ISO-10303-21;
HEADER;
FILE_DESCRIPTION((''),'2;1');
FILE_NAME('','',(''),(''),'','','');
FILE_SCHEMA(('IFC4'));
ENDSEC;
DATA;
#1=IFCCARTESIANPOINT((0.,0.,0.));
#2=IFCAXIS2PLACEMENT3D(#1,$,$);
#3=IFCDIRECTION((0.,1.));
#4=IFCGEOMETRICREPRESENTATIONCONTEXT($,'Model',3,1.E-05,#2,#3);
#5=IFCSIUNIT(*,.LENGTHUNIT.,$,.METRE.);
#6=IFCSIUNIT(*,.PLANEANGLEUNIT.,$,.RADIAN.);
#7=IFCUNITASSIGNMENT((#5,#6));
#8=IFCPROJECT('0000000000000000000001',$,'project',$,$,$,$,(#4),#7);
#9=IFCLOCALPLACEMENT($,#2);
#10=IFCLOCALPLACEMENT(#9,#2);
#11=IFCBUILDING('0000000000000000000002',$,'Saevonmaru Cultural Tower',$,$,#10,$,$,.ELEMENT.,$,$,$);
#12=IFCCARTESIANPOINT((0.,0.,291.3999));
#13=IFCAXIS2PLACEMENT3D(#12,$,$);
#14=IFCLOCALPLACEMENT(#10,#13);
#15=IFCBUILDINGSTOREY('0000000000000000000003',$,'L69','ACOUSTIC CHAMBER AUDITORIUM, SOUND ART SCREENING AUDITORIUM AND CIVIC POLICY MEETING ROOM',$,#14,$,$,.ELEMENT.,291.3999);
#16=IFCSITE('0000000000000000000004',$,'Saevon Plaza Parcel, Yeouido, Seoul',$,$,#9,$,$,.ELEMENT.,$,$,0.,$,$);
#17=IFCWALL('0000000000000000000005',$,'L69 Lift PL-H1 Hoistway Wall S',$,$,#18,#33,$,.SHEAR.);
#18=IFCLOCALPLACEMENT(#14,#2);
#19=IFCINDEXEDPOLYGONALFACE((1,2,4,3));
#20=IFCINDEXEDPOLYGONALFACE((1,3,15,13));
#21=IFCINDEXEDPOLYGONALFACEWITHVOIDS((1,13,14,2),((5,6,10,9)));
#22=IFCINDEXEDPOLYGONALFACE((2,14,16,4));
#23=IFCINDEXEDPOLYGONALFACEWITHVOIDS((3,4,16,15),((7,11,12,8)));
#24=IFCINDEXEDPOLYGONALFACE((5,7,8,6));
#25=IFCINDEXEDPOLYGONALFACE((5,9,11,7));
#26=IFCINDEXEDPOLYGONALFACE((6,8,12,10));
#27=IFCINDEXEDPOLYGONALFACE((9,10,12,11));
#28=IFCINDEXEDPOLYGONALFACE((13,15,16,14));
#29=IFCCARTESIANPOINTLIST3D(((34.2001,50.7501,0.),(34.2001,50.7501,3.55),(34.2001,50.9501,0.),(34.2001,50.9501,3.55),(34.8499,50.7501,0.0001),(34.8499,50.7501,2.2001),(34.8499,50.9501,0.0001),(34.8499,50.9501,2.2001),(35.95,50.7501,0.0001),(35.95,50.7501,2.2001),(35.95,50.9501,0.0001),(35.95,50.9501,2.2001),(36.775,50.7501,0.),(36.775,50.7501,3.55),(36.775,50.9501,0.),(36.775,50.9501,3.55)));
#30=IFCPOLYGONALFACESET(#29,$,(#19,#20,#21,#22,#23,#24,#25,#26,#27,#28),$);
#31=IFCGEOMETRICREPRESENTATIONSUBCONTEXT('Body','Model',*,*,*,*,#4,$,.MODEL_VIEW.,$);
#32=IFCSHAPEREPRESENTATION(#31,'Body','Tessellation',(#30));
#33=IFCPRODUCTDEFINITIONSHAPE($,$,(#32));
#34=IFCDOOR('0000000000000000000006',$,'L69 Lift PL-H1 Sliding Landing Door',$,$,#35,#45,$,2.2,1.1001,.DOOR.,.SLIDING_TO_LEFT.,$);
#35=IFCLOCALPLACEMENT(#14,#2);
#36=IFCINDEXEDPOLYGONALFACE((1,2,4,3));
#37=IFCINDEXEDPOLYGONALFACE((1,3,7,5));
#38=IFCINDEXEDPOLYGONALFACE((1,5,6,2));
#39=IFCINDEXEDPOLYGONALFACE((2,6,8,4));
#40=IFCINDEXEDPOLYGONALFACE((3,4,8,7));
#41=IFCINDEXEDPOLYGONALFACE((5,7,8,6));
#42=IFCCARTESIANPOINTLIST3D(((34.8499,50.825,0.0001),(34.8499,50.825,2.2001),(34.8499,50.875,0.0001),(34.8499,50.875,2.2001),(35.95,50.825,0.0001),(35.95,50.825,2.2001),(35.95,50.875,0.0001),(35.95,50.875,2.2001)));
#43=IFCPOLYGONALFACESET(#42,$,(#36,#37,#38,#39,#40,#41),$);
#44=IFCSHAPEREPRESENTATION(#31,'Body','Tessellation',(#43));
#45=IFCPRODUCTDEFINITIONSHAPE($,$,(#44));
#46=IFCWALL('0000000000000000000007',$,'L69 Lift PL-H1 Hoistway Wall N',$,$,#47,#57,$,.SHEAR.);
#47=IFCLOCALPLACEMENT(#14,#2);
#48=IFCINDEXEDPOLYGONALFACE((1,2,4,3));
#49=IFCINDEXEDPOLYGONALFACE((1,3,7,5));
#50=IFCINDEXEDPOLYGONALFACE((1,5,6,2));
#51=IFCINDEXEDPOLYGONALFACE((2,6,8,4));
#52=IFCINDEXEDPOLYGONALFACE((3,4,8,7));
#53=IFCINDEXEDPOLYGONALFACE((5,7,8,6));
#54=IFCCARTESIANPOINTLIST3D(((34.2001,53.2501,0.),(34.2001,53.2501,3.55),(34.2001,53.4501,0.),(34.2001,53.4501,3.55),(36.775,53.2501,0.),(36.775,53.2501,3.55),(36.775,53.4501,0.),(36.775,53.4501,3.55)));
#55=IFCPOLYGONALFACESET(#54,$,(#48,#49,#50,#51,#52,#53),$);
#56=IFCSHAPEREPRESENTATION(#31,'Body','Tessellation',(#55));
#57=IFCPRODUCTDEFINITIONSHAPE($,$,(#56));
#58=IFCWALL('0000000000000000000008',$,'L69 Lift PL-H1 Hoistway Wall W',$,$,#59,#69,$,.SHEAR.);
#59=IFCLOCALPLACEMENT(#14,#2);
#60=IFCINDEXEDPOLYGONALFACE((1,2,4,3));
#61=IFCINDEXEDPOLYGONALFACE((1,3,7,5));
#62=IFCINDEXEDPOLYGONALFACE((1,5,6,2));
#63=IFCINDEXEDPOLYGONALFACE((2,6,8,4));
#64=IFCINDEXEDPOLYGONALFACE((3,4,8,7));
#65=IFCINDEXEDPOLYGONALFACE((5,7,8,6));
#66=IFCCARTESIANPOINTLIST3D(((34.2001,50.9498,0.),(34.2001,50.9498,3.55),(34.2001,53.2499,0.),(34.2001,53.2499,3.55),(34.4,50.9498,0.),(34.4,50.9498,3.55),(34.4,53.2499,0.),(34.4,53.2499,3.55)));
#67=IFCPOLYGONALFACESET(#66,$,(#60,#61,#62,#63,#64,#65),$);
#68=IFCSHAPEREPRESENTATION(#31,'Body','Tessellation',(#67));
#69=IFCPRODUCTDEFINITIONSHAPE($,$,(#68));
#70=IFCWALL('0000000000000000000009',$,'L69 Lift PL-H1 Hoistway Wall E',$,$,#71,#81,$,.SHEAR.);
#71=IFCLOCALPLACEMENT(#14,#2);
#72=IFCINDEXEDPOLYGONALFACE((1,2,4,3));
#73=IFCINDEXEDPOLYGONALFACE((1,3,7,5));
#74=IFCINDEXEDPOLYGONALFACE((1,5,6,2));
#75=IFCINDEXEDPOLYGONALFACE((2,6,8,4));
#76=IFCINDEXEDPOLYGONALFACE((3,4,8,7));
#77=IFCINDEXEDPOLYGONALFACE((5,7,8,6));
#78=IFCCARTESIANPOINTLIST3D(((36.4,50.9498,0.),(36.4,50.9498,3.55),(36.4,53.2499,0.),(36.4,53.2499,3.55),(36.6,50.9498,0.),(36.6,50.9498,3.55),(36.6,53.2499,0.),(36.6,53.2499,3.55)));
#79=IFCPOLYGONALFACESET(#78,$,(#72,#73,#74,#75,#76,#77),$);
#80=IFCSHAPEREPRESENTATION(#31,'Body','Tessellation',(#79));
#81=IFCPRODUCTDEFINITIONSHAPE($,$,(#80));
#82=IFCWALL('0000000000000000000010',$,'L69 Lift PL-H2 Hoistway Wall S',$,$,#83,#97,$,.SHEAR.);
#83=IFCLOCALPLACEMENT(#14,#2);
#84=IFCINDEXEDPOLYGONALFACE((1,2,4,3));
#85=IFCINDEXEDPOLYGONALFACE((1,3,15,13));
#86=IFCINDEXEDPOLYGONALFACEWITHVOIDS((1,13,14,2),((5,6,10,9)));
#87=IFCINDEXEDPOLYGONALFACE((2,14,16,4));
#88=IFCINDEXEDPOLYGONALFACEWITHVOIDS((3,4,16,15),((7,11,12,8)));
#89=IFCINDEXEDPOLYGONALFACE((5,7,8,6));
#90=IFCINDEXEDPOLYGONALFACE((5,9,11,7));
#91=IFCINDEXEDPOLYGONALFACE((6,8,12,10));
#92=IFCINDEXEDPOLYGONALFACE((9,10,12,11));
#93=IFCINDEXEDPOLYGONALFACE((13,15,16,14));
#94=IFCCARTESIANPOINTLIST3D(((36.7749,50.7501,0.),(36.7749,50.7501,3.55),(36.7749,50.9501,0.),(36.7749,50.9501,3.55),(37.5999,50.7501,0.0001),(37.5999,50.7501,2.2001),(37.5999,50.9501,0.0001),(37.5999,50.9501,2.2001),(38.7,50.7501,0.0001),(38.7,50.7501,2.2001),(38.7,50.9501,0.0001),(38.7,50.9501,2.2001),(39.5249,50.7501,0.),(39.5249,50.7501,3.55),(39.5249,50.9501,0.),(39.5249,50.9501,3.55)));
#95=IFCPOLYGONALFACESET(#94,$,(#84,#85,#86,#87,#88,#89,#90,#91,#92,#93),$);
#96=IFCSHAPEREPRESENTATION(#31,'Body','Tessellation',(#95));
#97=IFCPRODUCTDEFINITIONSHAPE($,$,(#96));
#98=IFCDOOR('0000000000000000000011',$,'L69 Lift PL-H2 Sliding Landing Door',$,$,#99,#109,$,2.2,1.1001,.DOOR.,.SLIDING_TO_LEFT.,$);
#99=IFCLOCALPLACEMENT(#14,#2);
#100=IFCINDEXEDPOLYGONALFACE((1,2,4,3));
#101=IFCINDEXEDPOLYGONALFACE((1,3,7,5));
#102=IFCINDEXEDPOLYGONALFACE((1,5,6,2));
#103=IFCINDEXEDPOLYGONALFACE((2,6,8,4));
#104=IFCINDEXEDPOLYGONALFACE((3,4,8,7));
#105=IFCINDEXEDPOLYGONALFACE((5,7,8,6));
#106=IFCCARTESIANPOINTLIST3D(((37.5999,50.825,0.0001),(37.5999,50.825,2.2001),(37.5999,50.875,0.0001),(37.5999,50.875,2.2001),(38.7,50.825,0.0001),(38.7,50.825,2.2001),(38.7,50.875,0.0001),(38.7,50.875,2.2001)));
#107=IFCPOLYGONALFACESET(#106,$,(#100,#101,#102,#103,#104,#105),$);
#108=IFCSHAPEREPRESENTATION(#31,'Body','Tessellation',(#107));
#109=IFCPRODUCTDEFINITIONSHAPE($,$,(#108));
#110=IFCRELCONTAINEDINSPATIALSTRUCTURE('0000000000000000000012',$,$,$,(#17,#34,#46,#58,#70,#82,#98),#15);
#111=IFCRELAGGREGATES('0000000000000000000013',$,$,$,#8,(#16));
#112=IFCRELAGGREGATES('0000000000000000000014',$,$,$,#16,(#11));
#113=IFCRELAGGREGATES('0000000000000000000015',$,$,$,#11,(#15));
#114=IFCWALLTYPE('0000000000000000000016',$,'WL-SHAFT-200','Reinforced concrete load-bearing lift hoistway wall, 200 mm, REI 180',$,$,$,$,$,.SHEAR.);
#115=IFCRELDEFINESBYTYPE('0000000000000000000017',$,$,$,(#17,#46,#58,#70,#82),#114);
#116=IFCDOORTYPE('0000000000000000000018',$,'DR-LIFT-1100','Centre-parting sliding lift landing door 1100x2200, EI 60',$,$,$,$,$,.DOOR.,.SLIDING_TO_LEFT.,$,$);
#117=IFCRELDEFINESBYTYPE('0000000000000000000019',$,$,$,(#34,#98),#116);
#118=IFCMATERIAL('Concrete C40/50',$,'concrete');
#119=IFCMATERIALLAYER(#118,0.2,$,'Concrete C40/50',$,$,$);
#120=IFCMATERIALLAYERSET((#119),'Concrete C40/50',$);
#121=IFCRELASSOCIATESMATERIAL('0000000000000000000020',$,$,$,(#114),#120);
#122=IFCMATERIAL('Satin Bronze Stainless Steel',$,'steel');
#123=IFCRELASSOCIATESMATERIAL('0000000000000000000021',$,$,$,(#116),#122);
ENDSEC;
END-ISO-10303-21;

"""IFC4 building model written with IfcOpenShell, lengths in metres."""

from ifc_helpers import new_model, si_unit, direction, frame, frame_2d, origin, place, context, subcontext, project, spatial, rectangle, extrude, material, layer, layer_set, type_object, element, fill, save


model = new_model("IFC4")

# Units and contexts
model_context = context("Model", 3, precision=1e-05, world=origin(), true_north=direction((0.0, 1.0)))
body_context = subcontext(model_context, "Body", "Model", "MODEL_VIEW")
ifc_project = project(units=[si_unit("LENGTHUNIT", "METRE"), si_unit("PLANEANGLEUNIT", "RADIAN")], contexts=[model_context])

# Site, building, storey
site_placement = place(None, origin())
site = spatial("IfcSite", under=ifc_project, at=site_placement, Name="Saevon Plaza Parcel, Yeouido, Seoul", CompositionType="ELEMENT", RefElevation=0.0)
building_placement = place(site_placement, origin())
building = spatial("IfcBuilding", under=site, at=building_placement, Name="Saevonmaru Cultural Tower", CompositionType="ELEMENT")
storey_placement = place(building_placement, frame((0.0, 0.0, 291.3999)))
storey = spatial("IfcBuildingStorey", under=building, at=storey_placement, Name="L69", Description="ACOUSTIC CHAMBER AUDITORIUM, SOUND ART SCREENING AUDITORIUM AND CIVIC POLICY MEETING ROOM", CompositionType="ELEMENT", Elevation=291.3999)

# Wall, opening, door
ifc_material_1 = material(Name="Concrete C40/50", Category="concrete")
ifc_layer_1 = layer(ifc_material_1, 0.2, Name="Concrete C40/50")
ifc_layer_set_1 = layer_set([ifc_layer_1], Name="Concrete C40/50")
wall_type_1 = type_object("IfcWallType", Name="WL-SHAFT-200", Description="Reinforced concrete load-bearing lift hoistway wall, 200 mm, REI 180", PredefinedType="SHEAR", material=ifc_layer_set_1)
wall_1_placement = place(storey_placement, frame((34.2, 50.8501, 0.0), z_axis=(0.0, 0.0, 1.0), x_axis=(1.0, 0.0, 0.0)))
wall_1 = element("IfcWall", 1, at=wall_1_placement, inside=storey, type_object=wall_type_1, Name="L69 Lift PL-H1 Hoistway Wall S", PredefinedType="SHEAR", context=body_context, shape_type="SweptSolid", body=[
    extrude(rectangle(XDim=2.575, YDim=0.2, at=frame_2d((1.2876, 0.0))), origin(), (0.0, 0.0, 1.0), 3.55),
])
opening_1_placement = place(wall_1_placement, frame((0.6499, 0.0, 0.0)))
opening_1 = element("IfcOpeningElement", 2, at=opening_1_placement, cuts=wall_1, PredefinedType="OPENING", context=body_context, shape_type="SweptSolid", body=[
    extrude(rectangle(XDim=1.1001, YDim=2.2, at=frame_2d((0.55, 1.1001))), frame((0.0, 0.1099, 0.0), z_axis=(0.0, -1.0, 0.0), x_axis=(1.0, 0.0, 0.0)), (0.0, 0.0, 1.0), 0.22),
])
ifc_material_2 = material(Name="Satin Bronze Stainless Steel", Category="steel")
door_type_1 = type_object("IfcDoorType", Name="DR-LIFT-1100", Description="Centre-parting sliding lift landing door 1100x2200, EI 60", OperationType="SLIDING_TO_LEFT", PredefinedType="DOOR", material=ifc_material_2)
door_1_placement = place(opening_1_placement, origin())
door_1 = element("IfcDoor", 3, at=door_1_placement, inside=storey, type_object=door_type_1, Name="L69 Lift PL-H1 Sliding Landing Door", OperationType="SLIDING_TO_LEFT", OverallHeight=2.2, OverallWidth=1.1001, PredefinedType="DOOR", context=body_context, shape_type="SweptSolid", body=[
    extrude(rectangle(XDim=1.1001, YDim=2.2, at=frame_2d((0.55, 1.1001))), frame((0.0, 0.0249, 0.0), z_axis=(0.0, -1.0, 0.0), x_axis=(1.0, 0.0, 0.0)), (0.0, 0.0, 1.0), 0.05),
])
fill(opening_1, door_1)

# Walls
wall_2_placement = place(storey_placement, frame((34.2, 53.3501, 0.0), z_axis=(0.0, 0.0, 1.0), x_axis=(1.0, 0.0, 0.0)))
element("IfcWall", 4, at=wall_2_placement, inside=storey, type_object=wall_type_1, Name="L69 Lift PL-H1 Hoistway Wall N", PredefinedType="SHEAR", context=body_context, shape_type="SweptSolid", body=[
    extrude(rectangle(XDim=2.575, YDim=0.2, at=frame_2d((1.2876, 0.0))), origin(), (0.0, 0.0, 1.0), 3.55),
])
for number, where, z_axis, x_axis, name in (
    (5, (34.3, 50.95, 0.0), (0.0, 0.0, 1.0), (0.0, 1.0, 0.0), "L69 Lift PL-H1 Hoistway Wall W"),
    (6, (36.5, 50.95, 0.0), (0.0, 0.0, 1.0), (0.0, 1.0, 0.0), "L69 Lift PL-H1 Hoistway Wall E"),
):
    element("IfcWall", number, at=place(storey_placement, frame(where, z_axis=z_axis, x_axis=x_axis)), inside=storey, type_object=wall_type_1, Name=name, PredefinedType="SHEAR", context=body_context, shape_type="SweptSolid", body=[
        extrude(rectangle(XDim=2.3, YDim=0.2, at=frame_2d((1.1499, 0.0))), origin(), (0.0, 0.0, 1.0), 3.55),
    ])

# Wall, opening, door
wall_3_placement = place(storey_placement, frame((36.7749, 50.8501, 0.0), z_axis=(0.0, 0.0, 1.0), x_axis=(1.0, 0.0, 0.0)))
wall_3 = element("IfcWall", 7, at=wall_3_placement, inside=storey, type_object=wall_type_1, Name="L69 Lift PL-H2 Hoistway Wall S", PredefinedType="SHEAR", context=body_context, shape_type="SweptSolid", body=[
    extrude(rectangle(XDim=2.75, YDim=0.2, at=frame_2d((1.375, 0.0))), origin(), (0.0, 0.0, 1.0), 3.55),
])
opening_2_placement = place(wall_3_placement, frame((0.825, 0.0, 0.0)))
opening_2 = element("IfcOpeningElement", 8, at=opening_2_placement, cuts=wall_3, PredefinedType="OPENING", context=body_context, shape_type="SweptSolid", body=[
    extrude(rectangle(XDim=1.1001, YDim=2.2, at=frame_2d((0.55, 1.1001))), frame((0.0, 0.1099, 0.0), z_axis=(0.0, -1.0, 0.0), x_axis=(1.0, 0.0, 0.0)), (0.0, 0.0, 1.0), 0.22),
])
door_2_placement = place(opening_2_placement, origin())
door_2 = element("IfcDoor", 9, at=door_2_placement, inside=storey, type_object=door_type_1, Name="L69 Lift PL-H2 Sliding Landing Door", OperationType="SLIDING_TO_LEFT", OverallHeight=2.2, OverallWidth=1.1001, PredefinedType="DOOR", context=body_context, shape_type="SweptSolid", body=[
    extrude(rectangle(XDim=1.1001, YDim=2.2, at=frame_2d((0.55, 1.1001))), frame((0.0, 0.0249, 0.0), z_axis=(0.0, -1.0, 0.0), x_axis=(1.0, 0.0, 0.0)), (0.0, 0.0, 1.0), 0.05),
])
fill(opening_2, door_2)

save(model, "model.ifc")
